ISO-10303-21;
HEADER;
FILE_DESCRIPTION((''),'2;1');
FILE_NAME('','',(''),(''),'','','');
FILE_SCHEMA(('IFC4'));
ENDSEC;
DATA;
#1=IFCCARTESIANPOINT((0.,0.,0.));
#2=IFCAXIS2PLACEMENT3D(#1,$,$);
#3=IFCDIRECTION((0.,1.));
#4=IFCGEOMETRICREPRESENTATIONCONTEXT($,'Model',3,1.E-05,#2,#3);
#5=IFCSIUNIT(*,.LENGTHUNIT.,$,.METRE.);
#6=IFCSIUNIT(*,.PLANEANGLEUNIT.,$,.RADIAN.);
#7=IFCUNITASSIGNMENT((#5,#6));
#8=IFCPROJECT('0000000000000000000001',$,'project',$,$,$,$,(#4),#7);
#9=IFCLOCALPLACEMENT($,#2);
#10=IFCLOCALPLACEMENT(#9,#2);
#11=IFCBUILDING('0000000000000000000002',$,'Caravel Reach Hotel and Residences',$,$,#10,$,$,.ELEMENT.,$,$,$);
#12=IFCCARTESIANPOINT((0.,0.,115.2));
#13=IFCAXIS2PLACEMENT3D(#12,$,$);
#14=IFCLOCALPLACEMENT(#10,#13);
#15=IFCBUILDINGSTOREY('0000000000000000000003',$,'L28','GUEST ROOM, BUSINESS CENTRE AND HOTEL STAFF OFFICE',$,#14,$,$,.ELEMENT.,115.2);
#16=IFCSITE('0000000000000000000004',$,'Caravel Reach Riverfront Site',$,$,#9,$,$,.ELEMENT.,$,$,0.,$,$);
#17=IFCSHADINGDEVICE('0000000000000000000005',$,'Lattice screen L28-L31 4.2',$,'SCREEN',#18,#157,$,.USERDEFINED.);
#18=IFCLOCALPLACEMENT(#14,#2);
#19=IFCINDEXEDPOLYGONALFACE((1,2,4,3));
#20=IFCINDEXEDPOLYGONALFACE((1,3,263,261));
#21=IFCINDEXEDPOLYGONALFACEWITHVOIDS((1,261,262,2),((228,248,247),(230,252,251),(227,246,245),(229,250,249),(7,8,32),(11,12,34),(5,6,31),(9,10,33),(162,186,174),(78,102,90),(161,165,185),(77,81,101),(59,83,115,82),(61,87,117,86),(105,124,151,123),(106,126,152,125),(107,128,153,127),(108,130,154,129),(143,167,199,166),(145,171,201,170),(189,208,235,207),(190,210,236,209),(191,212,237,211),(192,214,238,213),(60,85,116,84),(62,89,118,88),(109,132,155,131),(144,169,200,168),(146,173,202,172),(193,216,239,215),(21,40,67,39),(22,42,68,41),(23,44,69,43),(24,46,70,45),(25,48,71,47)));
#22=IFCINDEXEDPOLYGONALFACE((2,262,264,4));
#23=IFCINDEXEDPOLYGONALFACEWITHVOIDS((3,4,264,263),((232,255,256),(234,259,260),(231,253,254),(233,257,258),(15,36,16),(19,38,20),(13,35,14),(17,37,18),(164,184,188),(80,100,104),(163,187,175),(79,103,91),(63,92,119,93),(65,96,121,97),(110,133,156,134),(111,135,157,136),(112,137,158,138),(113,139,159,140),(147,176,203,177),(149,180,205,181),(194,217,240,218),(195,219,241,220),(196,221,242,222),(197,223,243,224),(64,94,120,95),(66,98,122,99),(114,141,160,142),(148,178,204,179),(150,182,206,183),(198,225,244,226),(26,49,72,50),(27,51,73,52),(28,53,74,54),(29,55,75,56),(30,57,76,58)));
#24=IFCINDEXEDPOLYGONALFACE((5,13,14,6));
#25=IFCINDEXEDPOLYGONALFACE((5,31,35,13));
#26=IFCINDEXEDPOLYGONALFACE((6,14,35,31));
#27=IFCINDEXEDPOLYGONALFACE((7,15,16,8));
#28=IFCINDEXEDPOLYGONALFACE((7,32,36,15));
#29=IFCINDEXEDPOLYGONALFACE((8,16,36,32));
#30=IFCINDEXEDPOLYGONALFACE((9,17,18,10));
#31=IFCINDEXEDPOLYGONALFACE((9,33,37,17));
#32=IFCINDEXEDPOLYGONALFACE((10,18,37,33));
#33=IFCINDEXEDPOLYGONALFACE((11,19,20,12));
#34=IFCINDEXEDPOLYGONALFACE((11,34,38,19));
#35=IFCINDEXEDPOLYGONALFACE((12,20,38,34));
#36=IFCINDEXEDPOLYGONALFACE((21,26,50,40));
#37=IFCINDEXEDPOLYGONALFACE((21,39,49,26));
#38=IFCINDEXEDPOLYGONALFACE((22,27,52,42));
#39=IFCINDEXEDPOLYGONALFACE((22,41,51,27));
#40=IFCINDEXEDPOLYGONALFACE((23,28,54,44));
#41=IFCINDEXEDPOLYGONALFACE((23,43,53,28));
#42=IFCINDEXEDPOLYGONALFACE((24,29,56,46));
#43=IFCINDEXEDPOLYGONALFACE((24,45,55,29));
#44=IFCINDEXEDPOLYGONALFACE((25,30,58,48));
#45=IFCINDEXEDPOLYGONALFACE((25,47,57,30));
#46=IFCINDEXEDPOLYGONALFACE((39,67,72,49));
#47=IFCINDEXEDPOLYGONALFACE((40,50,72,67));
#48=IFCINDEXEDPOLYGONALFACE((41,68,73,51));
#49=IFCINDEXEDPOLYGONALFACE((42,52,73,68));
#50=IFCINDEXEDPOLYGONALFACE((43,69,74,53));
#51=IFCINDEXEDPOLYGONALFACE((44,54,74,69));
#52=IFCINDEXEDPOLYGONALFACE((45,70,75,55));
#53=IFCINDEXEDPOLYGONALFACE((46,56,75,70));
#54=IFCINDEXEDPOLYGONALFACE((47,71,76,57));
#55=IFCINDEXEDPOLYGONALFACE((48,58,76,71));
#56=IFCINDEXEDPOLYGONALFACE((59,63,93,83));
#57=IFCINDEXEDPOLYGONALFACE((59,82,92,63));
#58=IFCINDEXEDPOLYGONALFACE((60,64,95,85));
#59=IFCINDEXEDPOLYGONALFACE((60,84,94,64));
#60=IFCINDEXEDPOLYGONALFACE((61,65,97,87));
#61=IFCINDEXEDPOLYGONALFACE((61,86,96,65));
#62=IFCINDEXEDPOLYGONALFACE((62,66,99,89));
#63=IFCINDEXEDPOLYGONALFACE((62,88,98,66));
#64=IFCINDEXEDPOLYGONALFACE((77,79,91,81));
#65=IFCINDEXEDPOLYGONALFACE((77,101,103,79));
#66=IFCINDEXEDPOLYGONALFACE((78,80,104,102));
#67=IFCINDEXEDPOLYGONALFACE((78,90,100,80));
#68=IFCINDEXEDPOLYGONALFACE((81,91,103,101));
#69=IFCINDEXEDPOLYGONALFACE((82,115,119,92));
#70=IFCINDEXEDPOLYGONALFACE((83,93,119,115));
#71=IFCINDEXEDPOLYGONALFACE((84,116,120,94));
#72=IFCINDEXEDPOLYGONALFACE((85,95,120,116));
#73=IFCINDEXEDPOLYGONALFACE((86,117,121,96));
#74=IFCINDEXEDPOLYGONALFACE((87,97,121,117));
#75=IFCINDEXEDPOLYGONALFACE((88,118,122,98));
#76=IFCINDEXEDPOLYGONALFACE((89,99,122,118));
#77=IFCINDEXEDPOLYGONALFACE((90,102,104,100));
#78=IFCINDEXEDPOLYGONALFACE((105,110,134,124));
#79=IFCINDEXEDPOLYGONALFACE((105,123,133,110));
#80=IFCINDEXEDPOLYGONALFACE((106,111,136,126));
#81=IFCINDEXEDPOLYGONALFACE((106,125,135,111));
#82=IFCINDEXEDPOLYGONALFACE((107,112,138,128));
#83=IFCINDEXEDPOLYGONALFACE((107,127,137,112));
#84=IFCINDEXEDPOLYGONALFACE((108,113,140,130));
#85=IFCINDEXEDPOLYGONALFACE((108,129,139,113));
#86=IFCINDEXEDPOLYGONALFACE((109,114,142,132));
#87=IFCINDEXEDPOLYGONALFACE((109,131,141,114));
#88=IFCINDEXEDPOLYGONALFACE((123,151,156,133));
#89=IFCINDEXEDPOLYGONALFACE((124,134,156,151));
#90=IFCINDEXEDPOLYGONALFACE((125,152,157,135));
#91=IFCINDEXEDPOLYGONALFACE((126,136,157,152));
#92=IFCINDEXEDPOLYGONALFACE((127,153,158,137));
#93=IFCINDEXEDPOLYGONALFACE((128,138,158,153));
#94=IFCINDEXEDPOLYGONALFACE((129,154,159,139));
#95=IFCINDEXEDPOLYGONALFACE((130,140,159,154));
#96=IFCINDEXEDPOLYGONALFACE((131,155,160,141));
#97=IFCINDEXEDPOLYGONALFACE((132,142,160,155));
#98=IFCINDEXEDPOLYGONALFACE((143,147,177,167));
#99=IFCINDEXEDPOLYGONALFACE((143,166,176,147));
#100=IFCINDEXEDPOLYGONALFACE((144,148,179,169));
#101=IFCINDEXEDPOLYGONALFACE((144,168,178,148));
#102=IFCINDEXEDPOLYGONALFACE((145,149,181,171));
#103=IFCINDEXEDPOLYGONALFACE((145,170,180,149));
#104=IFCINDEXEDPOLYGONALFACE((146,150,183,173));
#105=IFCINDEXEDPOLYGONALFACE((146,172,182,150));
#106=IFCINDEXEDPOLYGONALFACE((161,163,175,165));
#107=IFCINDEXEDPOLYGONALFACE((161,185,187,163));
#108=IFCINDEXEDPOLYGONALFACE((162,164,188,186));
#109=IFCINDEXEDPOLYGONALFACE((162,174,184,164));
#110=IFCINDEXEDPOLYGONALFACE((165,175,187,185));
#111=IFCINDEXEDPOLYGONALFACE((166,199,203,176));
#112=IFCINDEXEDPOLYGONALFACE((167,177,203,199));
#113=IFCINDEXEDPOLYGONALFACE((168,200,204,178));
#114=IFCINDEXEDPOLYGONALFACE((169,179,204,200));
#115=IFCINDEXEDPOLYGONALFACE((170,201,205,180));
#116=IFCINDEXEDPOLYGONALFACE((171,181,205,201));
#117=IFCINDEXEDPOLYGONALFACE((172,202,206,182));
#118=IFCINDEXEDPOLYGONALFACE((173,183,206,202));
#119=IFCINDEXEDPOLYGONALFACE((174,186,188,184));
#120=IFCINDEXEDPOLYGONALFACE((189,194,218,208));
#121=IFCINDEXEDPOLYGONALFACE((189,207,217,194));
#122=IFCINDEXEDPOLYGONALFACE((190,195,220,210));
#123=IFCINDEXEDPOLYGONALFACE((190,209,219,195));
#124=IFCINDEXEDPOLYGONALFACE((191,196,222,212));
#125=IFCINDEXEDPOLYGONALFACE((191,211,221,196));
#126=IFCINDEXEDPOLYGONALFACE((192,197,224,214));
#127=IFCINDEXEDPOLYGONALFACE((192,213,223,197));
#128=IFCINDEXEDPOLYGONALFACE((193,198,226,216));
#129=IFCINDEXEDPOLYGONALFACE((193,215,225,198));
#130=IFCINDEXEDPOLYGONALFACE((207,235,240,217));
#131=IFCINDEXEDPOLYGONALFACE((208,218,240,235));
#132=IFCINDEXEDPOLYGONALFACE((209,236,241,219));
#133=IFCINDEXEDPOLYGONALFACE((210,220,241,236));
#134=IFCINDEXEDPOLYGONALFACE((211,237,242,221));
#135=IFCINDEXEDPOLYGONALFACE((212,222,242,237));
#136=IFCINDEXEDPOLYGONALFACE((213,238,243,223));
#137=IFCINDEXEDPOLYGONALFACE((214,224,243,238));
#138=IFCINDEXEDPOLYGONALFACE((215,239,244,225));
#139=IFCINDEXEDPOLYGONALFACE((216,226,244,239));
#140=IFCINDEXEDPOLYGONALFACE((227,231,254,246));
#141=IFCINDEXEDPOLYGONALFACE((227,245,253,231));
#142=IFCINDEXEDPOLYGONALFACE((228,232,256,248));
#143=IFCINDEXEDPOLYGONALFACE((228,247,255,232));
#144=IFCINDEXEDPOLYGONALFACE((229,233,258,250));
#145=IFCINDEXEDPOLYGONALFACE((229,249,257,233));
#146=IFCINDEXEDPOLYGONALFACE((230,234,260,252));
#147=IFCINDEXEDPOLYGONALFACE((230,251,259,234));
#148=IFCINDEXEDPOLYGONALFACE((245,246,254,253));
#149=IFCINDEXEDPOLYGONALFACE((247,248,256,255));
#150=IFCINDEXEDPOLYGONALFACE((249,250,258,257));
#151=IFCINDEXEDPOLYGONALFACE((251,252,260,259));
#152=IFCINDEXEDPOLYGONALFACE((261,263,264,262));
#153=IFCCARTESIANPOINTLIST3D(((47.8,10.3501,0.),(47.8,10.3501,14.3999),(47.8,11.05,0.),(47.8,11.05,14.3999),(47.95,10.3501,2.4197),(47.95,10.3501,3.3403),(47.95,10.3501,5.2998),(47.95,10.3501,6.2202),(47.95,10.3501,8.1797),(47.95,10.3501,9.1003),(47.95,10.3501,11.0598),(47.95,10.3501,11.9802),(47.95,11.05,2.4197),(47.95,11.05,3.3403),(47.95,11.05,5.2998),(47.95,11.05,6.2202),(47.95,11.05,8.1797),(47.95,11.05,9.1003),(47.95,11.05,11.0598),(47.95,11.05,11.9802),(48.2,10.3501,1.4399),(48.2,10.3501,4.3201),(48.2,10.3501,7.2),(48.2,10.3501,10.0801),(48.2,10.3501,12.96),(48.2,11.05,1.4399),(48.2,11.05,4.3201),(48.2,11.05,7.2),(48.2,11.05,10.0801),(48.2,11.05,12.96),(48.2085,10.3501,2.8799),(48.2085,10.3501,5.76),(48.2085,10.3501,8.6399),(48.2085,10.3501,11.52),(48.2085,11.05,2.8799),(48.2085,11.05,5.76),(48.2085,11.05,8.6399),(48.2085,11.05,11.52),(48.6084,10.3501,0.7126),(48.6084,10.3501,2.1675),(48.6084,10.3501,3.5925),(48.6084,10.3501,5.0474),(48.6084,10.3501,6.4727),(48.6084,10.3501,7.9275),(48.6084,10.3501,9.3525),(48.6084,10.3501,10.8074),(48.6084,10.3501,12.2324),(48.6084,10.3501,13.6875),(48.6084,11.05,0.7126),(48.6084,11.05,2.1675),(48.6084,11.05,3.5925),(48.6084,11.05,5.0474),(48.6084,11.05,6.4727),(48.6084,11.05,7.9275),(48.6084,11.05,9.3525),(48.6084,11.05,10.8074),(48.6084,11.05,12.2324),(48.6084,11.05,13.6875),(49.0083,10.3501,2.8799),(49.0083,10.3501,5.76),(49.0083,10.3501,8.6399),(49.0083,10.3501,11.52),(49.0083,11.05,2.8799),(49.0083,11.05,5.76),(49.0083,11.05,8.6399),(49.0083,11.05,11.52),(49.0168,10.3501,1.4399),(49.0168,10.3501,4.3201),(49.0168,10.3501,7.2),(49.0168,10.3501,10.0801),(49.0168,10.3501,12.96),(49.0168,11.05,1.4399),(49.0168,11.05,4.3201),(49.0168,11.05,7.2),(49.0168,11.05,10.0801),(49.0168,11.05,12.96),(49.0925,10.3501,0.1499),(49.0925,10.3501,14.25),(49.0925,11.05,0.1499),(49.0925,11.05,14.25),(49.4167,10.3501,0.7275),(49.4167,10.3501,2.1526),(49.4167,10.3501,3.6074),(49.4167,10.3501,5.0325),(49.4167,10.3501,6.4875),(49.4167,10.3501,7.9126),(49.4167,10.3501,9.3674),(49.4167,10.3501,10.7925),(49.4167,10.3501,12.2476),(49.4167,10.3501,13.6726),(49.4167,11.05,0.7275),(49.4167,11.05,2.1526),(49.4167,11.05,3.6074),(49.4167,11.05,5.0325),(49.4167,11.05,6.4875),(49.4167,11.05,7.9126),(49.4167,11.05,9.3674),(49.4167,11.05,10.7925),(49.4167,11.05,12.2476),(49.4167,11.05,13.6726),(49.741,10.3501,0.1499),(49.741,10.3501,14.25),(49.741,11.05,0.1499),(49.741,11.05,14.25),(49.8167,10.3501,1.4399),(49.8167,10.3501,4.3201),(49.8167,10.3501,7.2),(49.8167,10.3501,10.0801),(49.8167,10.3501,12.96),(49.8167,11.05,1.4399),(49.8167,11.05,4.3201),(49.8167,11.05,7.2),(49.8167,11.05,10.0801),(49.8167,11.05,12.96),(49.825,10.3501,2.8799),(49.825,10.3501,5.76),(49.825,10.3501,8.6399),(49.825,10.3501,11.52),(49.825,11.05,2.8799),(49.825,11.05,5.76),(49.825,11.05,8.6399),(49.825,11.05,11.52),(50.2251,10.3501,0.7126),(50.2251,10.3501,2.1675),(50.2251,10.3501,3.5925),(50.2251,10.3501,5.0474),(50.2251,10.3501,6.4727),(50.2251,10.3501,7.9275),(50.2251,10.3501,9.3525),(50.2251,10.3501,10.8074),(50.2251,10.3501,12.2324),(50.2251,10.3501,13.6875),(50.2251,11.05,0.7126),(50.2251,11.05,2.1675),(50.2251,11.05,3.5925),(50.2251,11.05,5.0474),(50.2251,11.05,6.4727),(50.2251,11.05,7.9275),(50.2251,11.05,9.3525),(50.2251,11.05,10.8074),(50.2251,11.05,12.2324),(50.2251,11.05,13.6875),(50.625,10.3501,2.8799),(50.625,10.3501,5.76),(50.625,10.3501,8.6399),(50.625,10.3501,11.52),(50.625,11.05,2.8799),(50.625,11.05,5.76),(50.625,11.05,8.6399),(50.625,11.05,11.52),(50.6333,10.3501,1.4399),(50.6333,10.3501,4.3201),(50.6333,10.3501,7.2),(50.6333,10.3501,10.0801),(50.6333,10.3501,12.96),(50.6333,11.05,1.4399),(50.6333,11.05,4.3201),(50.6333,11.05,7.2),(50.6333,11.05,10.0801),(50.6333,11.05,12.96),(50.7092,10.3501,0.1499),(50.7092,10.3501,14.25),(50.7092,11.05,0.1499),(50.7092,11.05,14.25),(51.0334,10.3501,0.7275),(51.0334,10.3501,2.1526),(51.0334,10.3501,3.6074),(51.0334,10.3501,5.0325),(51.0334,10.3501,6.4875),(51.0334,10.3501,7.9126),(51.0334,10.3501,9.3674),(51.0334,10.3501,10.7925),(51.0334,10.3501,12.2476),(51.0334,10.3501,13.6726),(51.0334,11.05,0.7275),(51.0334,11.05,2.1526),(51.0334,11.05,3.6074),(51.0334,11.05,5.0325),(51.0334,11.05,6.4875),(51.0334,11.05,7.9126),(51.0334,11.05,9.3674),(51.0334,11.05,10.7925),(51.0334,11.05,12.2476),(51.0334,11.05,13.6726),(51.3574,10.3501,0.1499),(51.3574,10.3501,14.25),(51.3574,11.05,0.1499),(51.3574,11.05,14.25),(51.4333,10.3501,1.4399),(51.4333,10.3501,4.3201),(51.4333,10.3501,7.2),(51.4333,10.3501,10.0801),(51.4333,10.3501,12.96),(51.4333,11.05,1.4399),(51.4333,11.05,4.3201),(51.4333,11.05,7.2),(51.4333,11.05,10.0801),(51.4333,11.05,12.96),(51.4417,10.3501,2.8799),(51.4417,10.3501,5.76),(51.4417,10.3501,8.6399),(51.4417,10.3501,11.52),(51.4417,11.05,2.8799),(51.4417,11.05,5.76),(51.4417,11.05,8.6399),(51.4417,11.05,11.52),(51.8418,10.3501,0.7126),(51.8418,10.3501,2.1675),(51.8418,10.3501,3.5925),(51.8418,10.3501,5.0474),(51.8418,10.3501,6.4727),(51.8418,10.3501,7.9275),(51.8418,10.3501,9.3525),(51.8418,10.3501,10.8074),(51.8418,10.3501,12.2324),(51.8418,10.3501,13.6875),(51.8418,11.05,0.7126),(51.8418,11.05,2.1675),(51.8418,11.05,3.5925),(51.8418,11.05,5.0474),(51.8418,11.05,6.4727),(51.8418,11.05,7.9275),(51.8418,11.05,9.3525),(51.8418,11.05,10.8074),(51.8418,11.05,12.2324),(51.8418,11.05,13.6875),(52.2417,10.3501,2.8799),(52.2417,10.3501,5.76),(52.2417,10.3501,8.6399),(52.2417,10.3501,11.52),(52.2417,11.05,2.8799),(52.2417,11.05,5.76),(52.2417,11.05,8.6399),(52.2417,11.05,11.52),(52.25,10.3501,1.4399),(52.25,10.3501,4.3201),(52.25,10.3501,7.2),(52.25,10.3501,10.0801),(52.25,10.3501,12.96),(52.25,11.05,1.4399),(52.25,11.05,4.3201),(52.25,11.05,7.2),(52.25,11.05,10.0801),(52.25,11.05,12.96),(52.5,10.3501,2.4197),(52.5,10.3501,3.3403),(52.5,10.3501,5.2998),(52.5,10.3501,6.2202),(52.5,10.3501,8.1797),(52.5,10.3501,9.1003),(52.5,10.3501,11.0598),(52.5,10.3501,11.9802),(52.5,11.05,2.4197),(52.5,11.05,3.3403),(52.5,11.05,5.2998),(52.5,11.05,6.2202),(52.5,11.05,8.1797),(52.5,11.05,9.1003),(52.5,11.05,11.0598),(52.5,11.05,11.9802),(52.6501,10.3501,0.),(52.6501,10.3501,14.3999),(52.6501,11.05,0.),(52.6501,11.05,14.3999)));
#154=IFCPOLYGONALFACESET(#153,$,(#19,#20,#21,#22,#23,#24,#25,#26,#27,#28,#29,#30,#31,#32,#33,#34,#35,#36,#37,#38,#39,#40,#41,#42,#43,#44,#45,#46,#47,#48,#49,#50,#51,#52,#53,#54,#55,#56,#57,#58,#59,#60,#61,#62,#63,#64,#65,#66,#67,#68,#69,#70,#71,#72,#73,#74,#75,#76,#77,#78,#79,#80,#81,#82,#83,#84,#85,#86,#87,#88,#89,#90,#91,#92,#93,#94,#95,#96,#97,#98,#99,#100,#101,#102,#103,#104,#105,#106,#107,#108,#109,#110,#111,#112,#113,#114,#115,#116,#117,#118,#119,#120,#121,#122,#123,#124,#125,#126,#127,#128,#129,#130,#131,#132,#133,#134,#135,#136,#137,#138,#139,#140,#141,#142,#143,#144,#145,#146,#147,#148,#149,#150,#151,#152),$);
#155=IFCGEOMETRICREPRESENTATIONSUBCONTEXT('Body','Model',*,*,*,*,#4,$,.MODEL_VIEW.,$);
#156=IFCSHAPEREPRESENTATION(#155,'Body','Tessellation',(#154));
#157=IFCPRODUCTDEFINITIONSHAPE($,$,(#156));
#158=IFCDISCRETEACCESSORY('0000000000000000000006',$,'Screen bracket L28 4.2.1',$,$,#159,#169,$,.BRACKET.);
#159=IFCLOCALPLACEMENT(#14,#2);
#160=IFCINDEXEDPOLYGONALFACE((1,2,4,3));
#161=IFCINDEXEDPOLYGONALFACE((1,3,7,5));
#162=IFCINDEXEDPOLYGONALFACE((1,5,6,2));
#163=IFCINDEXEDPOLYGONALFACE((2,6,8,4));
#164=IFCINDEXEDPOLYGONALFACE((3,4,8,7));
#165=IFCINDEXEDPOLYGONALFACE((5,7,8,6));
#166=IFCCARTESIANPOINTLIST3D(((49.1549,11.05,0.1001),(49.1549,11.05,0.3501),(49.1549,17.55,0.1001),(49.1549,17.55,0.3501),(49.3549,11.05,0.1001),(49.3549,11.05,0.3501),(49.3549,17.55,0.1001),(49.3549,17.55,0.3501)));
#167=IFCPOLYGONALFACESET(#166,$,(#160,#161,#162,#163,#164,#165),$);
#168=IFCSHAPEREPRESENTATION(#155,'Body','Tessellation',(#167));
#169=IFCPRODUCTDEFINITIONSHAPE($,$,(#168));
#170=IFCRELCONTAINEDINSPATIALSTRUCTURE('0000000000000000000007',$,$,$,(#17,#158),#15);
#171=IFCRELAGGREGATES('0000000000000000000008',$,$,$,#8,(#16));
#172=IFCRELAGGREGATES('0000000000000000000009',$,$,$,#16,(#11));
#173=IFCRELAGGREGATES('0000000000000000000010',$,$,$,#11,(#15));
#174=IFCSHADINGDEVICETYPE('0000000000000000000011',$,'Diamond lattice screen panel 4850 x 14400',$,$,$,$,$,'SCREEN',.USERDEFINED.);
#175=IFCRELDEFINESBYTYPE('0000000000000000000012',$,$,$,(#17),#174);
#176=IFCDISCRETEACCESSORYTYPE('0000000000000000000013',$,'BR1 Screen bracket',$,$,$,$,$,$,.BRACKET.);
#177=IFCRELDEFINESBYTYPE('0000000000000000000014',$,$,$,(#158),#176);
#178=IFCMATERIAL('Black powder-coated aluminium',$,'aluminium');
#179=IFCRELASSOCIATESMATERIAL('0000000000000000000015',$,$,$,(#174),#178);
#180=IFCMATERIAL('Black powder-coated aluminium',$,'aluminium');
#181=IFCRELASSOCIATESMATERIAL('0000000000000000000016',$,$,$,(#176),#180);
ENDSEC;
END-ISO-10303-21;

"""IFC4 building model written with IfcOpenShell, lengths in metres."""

from ifc_helpers import new_model, si_unit, direction, frame, origin, origin_2d, place, context, subcontext, project, spatial, polyline, rectangle, outline, extrude, material, type_object, element, save


model = new_model("IFC4")

# Units and contexts
model_context = context("Model", 3, precision=1e-05, world=origin(), true_north=direction((0.0, 1.0)))
body_context = subcontext(model_context, "Body", "Model", "MODEL_VIEW")
ifc_project = project(units=[si_unit("LENGTHUNIT", "METRE"), si_unit("PLANEANGLEUNIT", "RADIAN")], contexts=[model_context])

# Site, building, storey
site_placement = place(None, origin())
site = spatial("IfcSite", under=ifc_project, at=site_placement, Name="Caravel Reach Riverfront Site", CompositionType="ELEMENT", RefElevation=0.0)
building_placement = place(site_placement, origin())
building = spatial("IfcBuilding", under=site, at=building_placement, Name="Caravel Reach Hotel and Residences", CompositionType="ELEMENT")
storey_placement = place(building_placement, frame((0.0, 0.0, 115.2)))
storey = spatial("IfcBuildingStorey", under=building, at=storey_placement, Name="L28", Description="GUEST ROOM, BUSINESS CENTRE AND HOTEL STAFF OFFICE", CompositionType="ELEMENT", Elevation=115.2)

# Shading device
ifc_material_1 = material(Name="Black powder-coated aluminium", Category="aluminium")
shading_device_type_1 = type_object("IfcShadingDeviceType", Name="Diamond lattice screen panel 4850 x 14400", ElementType="SCREEN", PredefinedType="USERDEFINED", material=ifc_material_1)
shading_device_1_placement = place(storey_placement, frame((47.8, 11.05, 0.0), z_axis=(0.0, -1.0, 0.0), x_axis=(1.0, 0.0, 0.0)))
element("IfcShadingDevice", 1, at=shading_device_1_placement, inside=storey, type_object=shading_device_type_1, Name="Lattice screen L28-L31 4.2", ObjectType="SCREEN", PredefinedType="USERDEFINED", context=body_context, shape_type="SweptSolid", body=[
    extrude(outline(polyline([(0.0, 0.0), (4.8501, 0.0), (4.8501, 14.3999), (0.0, 14.3999), (0.0, 0.0)]), holes=[polyline([(0.4084, 2.8799), (0.1499, 3.3403), (0.1499, 2.4197), (0.4084, 2.8799)]), polyline([(0.4084, 5.76), (0.1499, 6.2202), (0.1499, 5.2998), (0.4084, 5.76)]), polyline([(0.4084, 8.6399), (0.1499, 9.1003), (0.1499, 8.1797), (0.4084, 8.6399)]), polyline([(0.4084, 11.52), (0.1499, 11.9802), (0.1499, 11.0598), (0.4084, 11.52)]), polyline([(0.8083, 2.1675), (0.3999, 1.4399), (0.8083, 0.7126), (1.2168, 1.4399), (0.8083, 2.1675)]), polyline([(0.8083, 5.0474), (0.3999, 4.3201), (0.8083, 3.5925), (1.2168, 4.3201), (0.8083, 5.0474)]), polyline([(0.8083, 7.9275), (0.3999, 7.2), (0.8083, 6.4727), (1.2168, 7.2), (0.8083, 7.9275)]), polyline([(0.8083, 10.8074), (0.3999, 10.0801), (0.8083, 9.3525), (1.2168, 10.0801), (0.8083, 10.8074)]), polyline([(0.8083, 13.6875), (0.3999, 12.96), (0.8083, 12.2324), (1.2168, 12.96), (0.8083, 13.6875)]), polyline([(1.6167, 0.7275), (1.2925, 0.1499), (1.9409, 0.1499), (1.6167, 0.7275)]), polyline([(1.6167, 3.6074), (1.2083, 2.8799), (1.6167, 2.1526), (2.0249, 2.8799), (1.6167, 3.6074)]), polyline([(1.6167, 6.4875), (1.2083, 5.76), (1.6167, 5.0325), (2.0249, 5.76), (1.6167, 6.4875)]), polyline([(1.6167, 9.3674), (1.2083, 8.6399), (1.6167, 7.9126), (2.0249, 8.6399), (1.6167, 9.3674)]), polyline([(1.6167, 12.2476), (1.2083, 11.52), (1.6167, 10.7925), (2.0249, 11.52), (1.6167, 12.2476)]), polyline([(1.6167, 13.6726), (1.9409, 14.25), (1.2925, 14.25), (1.6167, 13.6726)]), polyline([(2.425, 2.1675), (2.0166, 1.4399), (2.425, 0.7126), (2.8333, 1.4399), (2.425, 2.1675)]), polyline([(2.425, 5.0474), (2.0166, 4.3201), (2.425, 3.5925), (2.8333, 4.3201), (2.425, 5.0474)]), polyline([(2.425, 7.9275), (2.0166, 7.2), (2.425, 6.4727), (2.8333, 7.2), (2.425, 7.9275)]), polyline([(2.425, 10.8074), (2.0166, 10.0801), (2.425, 9.3525), (2.8333, 10.0801), (2.425, 10.8074)]), polyline([(2.425, 13.6875), (2.0166, 12.96), (2.425, 12.2324), (2.8333, 12.96), (2.425, 13.6875)]), polyline([(3.2334, 0.7275), (2.9092, 0.1499), (3.5574, 0.1499), (3.2334, 0.7275)]), polyline([(3.2334, 3.6074), (2.825, 2.8799), (3.2334, 2.1526), (3.6416, 2.8799), (3.2334, 3.6074)]), polyline([(3.2334, 6.4875), (2.825, 5.76), (3.2334, 5.0325), (3.6416, 5.76), (3.2334, 6.4875)]), polyline([(3.2334, 9.3674), (2.825, 8.6399), (3.2334, 7.9126), (3.6416, 8.6399), (3.2334, 9.3674)]), polyline([(3.2334, 12.2476), (2.825, 11.52), (3.2334, 10.7925), (3.6416, 11.52), (3.2334, 12.2476)]), polyline([(3.2334, 13.6726), (3.5574, 14.25), (2.9092, 14.25), (3.2334, 13.6726)]), polyline([(4.0417, 2.1675), (3.6333, 1.4399), (4.0417, 0.7126), (4.45, 1.4399), (4.0417, 2.1675)]), polyline([(4.0417, 5.0474), (3.6333, 4.3201), (4.0417, 3.5925), (4.45, 4.3201), (4.0417, 5.0474)]), polyline([(4.0417, 7.9275), (3.6333, 7.2), (4.0417, 6.4727), (4.45, 7.2), (4.0417, 7.9275)]), polyline([(4.0417, 10.8074), (3.6333, 10.0801), (4.0417, 9.3525), (4.45, 10.0801), (4.0417, 10.8074)]), polyline([(4.0417, 13.6875), (3.6333, 12.96), (4.0417, 12.2324), (4.45, 12.96), (4.0417, 13.6875)]), polyline([(4.4417, 2.8799), (4.7, 2.4197), (4.7, 3.3403), (4.4417, 2.8799)]), polyline([(4.4417, 5.76), (4.7, 5.2998), (4.7, 6.2202), (4.4417, 5.76)]), polyline([(4.4417, 8.6399), (4.7, 8.1797), (4.7, 9.1003), (4.4417, 8.6399)]), polyline([(4.4417, 11.52), (4.7, 11.0598), (4.7, 11.9802), (4.4417, 11.52)])]), origin(), (0.0, 0.0, 1.0), 0.7),
])

# Discrete accessory
ifc_material_2 = material(Name="Black powder-coated aluminium", Category="aluminium")
discrete_accessory_type = type_object("IfcDiscreteAccessoryType", Name="BR1 Screen bracket", PredefinedType="BRACKET", material=ifc_material_2)
discrete_accessory_1_placement = place(storey_placement, frame((49.2549, 14.3, 0.1001), z_axis=(0.0, 0.0, 1.0), x_axis=(0.0, -1.0, 0.0)))
element("IfcDiscreteAccessory", 2, at=discrete_accessory_1_placement, inside=storey, type_object=discrete_accessory_type, Name="Screen bracket L28 4.2.1", PredefinedType="BRACKET", context=body_context, shape_type="SweptSolid", body=[
    extrude(rectangle(XDim=6.5, YDim=0.2, at=origin_2d()), origin(), (0.0, 0.0, 1.0), 0.25),
])

save(model, "model.ifc")
